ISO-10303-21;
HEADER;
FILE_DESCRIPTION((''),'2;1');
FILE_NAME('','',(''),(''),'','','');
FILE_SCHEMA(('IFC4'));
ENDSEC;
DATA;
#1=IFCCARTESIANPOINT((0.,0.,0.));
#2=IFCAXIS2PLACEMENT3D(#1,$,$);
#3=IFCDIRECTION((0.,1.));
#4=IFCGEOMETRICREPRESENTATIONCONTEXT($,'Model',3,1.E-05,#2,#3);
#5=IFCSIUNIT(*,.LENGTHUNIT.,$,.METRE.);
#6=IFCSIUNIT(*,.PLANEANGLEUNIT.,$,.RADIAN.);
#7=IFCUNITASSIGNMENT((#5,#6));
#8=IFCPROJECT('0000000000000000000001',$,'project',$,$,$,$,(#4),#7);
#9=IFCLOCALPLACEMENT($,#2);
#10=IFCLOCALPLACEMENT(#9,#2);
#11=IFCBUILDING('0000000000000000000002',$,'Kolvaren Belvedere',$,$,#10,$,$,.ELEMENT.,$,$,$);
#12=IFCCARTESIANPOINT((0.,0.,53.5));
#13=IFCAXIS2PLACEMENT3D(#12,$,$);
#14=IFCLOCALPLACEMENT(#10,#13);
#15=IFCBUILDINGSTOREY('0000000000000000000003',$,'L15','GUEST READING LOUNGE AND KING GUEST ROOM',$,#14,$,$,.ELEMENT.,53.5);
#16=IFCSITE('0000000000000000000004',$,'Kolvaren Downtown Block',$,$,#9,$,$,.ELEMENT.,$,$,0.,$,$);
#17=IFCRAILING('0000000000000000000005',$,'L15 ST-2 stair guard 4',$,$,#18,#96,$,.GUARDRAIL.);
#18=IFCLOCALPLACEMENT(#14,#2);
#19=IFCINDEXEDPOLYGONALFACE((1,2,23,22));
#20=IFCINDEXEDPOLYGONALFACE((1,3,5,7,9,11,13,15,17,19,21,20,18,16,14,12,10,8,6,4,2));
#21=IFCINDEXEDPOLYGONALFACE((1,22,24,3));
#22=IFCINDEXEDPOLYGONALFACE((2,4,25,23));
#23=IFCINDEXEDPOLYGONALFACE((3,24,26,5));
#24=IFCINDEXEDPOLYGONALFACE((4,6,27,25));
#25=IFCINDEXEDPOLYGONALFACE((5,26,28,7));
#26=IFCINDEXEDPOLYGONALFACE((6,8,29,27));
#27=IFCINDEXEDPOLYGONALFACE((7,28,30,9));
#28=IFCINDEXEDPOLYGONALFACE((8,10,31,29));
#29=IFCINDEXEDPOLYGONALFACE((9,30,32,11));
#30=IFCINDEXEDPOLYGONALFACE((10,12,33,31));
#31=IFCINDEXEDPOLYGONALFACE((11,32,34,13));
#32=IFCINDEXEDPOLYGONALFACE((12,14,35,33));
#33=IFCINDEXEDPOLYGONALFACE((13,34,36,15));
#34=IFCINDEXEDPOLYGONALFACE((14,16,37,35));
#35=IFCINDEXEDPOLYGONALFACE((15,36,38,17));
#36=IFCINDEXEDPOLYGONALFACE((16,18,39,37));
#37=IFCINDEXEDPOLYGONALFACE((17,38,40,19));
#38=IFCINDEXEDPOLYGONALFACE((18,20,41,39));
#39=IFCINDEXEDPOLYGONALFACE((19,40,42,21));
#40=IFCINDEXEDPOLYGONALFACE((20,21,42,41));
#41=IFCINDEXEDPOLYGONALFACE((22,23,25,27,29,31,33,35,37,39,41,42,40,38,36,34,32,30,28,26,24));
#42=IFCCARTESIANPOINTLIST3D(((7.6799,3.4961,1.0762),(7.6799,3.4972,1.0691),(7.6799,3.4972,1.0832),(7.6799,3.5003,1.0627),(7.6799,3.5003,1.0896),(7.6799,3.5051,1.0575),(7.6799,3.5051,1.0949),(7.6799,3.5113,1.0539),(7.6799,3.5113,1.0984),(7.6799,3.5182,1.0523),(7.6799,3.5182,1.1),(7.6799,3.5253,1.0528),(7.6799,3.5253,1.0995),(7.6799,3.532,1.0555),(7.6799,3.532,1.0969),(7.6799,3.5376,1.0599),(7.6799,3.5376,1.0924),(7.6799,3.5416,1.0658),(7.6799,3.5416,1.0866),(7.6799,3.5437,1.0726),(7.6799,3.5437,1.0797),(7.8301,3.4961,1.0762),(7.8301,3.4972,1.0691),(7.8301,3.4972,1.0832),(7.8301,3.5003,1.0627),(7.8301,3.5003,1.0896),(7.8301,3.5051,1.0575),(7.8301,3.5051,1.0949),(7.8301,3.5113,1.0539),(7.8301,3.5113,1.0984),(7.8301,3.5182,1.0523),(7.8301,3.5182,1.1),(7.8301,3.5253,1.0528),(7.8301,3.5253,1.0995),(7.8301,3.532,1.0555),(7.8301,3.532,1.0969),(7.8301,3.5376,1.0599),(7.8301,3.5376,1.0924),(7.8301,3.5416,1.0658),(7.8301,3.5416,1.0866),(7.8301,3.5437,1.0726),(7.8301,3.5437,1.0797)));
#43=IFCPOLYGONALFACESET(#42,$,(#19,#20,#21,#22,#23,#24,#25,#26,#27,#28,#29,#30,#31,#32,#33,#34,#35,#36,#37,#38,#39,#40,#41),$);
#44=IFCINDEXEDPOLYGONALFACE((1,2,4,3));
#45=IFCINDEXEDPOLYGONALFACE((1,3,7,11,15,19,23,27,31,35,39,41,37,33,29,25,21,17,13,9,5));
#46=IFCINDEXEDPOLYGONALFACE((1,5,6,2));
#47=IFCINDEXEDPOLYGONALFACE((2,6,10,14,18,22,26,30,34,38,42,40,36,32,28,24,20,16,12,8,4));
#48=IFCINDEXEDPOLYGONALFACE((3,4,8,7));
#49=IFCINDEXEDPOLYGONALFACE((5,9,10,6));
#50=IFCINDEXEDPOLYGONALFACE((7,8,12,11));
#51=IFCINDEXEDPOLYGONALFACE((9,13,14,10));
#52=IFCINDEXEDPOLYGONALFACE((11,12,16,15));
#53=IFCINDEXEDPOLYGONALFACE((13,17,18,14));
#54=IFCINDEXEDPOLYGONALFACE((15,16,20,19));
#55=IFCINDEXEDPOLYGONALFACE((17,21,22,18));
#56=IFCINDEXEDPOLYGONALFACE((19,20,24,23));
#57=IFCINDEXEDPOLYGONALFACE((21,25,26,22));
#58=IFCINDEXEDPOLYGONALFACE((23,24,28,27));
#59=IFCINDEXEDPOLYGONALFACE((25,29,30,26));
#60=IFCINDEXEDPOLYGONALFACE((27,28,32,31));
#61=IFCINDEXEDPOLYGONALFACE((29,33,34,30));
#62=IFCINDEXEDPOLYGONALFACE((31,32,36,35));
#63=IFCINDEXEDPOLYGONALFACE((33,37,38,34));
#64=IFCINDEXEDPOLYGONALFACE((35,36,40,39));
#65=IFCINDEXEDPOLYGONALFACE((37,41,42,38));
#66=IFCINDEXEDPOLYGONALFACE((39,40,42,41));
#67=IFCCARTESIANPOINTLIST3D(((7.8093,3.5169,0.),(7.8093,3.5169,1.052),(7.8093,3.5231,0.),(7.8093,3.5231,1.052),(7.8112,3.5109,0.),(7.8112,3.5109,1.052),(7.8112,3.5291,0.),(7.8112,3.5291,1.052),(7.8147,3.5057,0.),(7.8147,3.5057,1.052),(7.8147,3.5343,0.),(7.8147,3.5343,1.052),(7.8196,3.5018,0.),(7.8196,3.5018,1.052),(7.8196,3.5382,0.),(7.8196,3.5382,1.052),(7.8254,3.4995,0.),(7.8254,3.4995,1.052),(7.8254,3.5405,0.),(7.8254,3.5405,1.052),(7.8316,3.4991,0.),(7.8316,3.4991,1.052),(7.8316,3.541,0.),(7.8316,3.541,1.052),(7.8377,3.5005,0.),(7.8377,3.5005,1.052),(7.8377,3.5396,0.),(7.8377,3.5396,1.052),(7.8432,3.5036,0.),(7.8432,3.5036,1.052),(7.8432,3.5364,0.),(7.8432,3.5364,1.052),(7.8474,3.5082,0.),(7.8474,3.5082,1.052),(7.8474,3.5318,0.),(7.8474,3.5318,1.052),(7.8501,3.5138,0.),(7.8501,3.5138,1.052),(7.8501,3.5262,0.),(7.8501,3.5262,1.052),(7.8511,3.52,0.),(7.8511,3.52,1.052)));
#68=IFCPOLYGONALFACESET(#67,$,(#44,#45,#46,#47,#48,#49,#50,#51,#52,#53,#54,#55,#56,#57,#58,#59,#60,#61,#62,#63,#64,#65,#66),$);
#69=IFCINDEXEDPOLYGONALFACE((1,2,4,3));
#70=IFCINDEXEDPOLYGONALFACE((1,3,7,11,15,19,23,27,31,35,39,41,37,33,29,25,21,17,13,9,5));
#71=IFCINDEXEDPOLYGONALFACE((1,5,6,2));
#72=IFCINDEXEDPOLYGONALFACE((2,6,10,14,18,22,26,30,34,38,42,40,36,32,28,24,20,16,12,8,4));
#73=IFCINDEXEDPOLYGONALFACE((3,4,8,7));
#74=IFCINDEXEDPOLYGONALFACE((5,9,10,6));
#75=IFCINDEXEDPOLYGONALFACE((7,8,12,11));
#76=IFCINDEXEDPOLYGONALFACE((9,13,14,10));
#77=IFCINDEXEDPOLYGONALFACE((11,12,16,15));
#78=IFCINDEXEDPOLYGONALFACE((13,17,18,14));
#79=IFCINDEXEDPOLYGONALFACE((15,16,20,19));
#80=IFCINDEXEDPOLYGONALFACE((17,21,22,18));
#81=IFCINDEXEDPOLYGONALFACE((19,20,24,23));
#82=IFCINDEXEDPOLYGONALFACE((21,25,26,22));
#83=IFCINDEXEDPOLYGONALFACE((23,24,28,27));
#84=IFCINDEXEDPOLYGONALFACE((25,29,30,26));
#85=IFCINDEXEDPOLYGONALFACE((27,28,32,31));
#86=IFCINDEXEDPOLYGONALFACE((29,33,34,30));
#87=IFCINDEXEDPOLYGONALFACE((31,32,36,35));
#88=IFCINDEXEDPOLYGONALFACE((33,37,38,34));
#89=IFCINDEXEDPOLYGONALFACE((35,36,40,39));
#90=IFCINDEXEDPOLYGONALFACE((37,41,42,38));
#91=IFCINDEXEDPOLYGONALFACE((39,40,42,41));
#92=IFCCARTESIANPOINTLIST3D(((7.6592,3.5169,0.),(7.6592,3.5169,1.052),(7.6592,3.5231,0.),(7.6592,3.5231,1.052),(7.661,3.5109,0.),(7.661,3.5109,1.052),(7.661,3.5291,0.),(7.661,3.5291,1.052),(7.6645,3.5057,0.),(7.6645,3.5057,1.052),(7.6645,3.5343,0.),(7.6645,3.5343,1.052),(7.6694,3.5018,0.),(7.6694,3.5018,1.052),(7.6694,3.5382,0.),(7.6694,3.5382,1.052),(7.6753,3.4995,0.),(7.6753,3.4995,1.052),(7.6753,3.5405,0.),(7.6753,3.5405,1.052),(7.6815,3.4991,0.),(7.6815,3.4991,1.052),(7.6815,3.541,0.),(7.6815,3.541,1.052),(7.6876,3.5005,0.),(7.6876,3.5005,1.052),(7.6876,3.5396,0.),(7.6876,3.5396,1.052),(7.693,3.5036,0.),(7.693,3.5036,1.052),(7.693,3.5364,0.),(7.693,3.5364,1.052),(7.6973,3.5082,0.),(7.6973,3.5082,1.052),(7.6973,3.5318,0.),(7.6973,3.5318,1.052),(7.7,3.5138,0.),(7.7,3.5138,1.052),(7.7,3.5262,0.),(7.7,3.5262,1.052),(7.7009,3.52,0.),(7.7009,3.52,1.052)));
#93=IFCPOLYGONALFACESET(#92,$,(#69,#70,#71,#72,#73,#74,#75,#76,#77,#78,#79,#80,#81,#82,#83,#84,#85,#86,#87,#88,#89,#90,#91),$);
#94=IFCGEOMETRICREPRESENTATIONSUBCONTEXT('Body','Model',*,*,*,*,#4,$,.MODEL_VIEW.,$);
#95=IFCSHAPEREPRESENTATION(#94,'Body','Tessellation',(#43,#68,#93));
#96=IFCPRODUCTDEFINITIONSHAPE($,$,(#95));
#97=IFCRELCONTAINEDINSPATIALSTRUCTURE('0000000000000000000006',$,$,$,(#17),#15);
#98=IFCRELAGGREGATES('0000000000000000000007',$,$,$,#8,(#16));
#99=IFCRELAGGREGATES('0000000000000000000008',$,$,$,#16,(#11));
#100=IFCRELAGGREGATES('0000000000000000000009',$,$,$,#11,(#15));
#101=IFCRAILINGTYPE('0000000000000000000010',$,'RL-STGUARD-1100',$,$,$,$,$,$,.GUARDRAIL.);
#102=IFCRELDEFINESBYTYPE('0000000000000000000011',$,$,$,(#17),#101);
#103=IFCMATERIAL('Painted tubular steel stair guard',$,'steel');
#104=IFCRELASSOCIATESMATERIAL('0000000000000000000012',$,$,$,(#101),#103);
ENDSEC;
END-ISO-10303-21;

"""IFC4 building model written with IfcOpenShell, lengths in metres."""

from ifc_helpers import new_model, si_unit, direction, frame, origin, origin_2d, place, context, subcontext, project, spatial, circle, extrude, material, type_object, element, save


model = new_model("IFC4")

# Units and contexts
model_context = context("Model", 3, precision=1e-05, world=origin(), true_north=direction((0.0, 1.0)))
body_context = subcontext(model_context, "Body", "Model", "MODEL_VIEW")
ifc_project = project(units=[si_unit("LENGTHUNIT", "METRE"), si_unit("PLANEANGLEUNIT", "RADIAN")], contexts=[model_context])

# Site, building, storey
site_placement = place(None, origin())
site = spatial("IfcSite", under=ifc_project, at=site_placement, Name="Kolvaren Downtown Block", CompositionType="ELEMENT", RefElevation=0.0)
building_placement = place(site_placement, origin())
building = spatial("IfcBuilding", under=site, at=building_placement, Name="Kolvaren Belvedere", CompositionType="ELEMENT")
storey_placement = place(building_placement, frame((0.0, 0.0, 53.5)))
storey = spatial("IfcBuildingStorey", under=building, at=storey_placement, Name="L15", Description="GUEST READING LOUNGE AND KING GUEST ROOM", CompositionType="ELEMENT", Elevation=53.5)

# Railing
ifc_material_1 = material(Name="Painted tubular steel stair guard", Category="steel")
railing_type_1 = type_object("IfcRailingType", Name="RL-STGUARD-1100", PredefinedType="GUARDRAIL", material=ifc_material_1)
railing_1_placement = place(storey_placement, frame((7.8301, 3.52, 0.0)))
element("IfcRailing", 1, at=railing_1_placement, inside=storey, type_object=railing_type_1, Name="L15 ST-2 stair guard 4", PredefinedType="GUARDRAIL", context=body_context, shape_type="SweptSolid", body=[
    extrude(circle(Radius=0.0239, at=origin_2d()), frame((0.0, 0.0, 1.0762), z_axis=(-1.0, 0.0, 0.0), x_axis=(0.0, -1.0, 0.0)), (0.0, 0.0, 1.0), 0.1501),
    extrude(circle(Radius=0.021, at=origin_2d()), origin(), (0.0, 0.0, 1.0), 1.052),
    extrude(circle(Radius=0.021, at=origin_2d()), frame((-0.1501, 0.0, 0.0)), (0.0, 0.0, 1.0), 1.052),
])

save(model, "model.ifc")
